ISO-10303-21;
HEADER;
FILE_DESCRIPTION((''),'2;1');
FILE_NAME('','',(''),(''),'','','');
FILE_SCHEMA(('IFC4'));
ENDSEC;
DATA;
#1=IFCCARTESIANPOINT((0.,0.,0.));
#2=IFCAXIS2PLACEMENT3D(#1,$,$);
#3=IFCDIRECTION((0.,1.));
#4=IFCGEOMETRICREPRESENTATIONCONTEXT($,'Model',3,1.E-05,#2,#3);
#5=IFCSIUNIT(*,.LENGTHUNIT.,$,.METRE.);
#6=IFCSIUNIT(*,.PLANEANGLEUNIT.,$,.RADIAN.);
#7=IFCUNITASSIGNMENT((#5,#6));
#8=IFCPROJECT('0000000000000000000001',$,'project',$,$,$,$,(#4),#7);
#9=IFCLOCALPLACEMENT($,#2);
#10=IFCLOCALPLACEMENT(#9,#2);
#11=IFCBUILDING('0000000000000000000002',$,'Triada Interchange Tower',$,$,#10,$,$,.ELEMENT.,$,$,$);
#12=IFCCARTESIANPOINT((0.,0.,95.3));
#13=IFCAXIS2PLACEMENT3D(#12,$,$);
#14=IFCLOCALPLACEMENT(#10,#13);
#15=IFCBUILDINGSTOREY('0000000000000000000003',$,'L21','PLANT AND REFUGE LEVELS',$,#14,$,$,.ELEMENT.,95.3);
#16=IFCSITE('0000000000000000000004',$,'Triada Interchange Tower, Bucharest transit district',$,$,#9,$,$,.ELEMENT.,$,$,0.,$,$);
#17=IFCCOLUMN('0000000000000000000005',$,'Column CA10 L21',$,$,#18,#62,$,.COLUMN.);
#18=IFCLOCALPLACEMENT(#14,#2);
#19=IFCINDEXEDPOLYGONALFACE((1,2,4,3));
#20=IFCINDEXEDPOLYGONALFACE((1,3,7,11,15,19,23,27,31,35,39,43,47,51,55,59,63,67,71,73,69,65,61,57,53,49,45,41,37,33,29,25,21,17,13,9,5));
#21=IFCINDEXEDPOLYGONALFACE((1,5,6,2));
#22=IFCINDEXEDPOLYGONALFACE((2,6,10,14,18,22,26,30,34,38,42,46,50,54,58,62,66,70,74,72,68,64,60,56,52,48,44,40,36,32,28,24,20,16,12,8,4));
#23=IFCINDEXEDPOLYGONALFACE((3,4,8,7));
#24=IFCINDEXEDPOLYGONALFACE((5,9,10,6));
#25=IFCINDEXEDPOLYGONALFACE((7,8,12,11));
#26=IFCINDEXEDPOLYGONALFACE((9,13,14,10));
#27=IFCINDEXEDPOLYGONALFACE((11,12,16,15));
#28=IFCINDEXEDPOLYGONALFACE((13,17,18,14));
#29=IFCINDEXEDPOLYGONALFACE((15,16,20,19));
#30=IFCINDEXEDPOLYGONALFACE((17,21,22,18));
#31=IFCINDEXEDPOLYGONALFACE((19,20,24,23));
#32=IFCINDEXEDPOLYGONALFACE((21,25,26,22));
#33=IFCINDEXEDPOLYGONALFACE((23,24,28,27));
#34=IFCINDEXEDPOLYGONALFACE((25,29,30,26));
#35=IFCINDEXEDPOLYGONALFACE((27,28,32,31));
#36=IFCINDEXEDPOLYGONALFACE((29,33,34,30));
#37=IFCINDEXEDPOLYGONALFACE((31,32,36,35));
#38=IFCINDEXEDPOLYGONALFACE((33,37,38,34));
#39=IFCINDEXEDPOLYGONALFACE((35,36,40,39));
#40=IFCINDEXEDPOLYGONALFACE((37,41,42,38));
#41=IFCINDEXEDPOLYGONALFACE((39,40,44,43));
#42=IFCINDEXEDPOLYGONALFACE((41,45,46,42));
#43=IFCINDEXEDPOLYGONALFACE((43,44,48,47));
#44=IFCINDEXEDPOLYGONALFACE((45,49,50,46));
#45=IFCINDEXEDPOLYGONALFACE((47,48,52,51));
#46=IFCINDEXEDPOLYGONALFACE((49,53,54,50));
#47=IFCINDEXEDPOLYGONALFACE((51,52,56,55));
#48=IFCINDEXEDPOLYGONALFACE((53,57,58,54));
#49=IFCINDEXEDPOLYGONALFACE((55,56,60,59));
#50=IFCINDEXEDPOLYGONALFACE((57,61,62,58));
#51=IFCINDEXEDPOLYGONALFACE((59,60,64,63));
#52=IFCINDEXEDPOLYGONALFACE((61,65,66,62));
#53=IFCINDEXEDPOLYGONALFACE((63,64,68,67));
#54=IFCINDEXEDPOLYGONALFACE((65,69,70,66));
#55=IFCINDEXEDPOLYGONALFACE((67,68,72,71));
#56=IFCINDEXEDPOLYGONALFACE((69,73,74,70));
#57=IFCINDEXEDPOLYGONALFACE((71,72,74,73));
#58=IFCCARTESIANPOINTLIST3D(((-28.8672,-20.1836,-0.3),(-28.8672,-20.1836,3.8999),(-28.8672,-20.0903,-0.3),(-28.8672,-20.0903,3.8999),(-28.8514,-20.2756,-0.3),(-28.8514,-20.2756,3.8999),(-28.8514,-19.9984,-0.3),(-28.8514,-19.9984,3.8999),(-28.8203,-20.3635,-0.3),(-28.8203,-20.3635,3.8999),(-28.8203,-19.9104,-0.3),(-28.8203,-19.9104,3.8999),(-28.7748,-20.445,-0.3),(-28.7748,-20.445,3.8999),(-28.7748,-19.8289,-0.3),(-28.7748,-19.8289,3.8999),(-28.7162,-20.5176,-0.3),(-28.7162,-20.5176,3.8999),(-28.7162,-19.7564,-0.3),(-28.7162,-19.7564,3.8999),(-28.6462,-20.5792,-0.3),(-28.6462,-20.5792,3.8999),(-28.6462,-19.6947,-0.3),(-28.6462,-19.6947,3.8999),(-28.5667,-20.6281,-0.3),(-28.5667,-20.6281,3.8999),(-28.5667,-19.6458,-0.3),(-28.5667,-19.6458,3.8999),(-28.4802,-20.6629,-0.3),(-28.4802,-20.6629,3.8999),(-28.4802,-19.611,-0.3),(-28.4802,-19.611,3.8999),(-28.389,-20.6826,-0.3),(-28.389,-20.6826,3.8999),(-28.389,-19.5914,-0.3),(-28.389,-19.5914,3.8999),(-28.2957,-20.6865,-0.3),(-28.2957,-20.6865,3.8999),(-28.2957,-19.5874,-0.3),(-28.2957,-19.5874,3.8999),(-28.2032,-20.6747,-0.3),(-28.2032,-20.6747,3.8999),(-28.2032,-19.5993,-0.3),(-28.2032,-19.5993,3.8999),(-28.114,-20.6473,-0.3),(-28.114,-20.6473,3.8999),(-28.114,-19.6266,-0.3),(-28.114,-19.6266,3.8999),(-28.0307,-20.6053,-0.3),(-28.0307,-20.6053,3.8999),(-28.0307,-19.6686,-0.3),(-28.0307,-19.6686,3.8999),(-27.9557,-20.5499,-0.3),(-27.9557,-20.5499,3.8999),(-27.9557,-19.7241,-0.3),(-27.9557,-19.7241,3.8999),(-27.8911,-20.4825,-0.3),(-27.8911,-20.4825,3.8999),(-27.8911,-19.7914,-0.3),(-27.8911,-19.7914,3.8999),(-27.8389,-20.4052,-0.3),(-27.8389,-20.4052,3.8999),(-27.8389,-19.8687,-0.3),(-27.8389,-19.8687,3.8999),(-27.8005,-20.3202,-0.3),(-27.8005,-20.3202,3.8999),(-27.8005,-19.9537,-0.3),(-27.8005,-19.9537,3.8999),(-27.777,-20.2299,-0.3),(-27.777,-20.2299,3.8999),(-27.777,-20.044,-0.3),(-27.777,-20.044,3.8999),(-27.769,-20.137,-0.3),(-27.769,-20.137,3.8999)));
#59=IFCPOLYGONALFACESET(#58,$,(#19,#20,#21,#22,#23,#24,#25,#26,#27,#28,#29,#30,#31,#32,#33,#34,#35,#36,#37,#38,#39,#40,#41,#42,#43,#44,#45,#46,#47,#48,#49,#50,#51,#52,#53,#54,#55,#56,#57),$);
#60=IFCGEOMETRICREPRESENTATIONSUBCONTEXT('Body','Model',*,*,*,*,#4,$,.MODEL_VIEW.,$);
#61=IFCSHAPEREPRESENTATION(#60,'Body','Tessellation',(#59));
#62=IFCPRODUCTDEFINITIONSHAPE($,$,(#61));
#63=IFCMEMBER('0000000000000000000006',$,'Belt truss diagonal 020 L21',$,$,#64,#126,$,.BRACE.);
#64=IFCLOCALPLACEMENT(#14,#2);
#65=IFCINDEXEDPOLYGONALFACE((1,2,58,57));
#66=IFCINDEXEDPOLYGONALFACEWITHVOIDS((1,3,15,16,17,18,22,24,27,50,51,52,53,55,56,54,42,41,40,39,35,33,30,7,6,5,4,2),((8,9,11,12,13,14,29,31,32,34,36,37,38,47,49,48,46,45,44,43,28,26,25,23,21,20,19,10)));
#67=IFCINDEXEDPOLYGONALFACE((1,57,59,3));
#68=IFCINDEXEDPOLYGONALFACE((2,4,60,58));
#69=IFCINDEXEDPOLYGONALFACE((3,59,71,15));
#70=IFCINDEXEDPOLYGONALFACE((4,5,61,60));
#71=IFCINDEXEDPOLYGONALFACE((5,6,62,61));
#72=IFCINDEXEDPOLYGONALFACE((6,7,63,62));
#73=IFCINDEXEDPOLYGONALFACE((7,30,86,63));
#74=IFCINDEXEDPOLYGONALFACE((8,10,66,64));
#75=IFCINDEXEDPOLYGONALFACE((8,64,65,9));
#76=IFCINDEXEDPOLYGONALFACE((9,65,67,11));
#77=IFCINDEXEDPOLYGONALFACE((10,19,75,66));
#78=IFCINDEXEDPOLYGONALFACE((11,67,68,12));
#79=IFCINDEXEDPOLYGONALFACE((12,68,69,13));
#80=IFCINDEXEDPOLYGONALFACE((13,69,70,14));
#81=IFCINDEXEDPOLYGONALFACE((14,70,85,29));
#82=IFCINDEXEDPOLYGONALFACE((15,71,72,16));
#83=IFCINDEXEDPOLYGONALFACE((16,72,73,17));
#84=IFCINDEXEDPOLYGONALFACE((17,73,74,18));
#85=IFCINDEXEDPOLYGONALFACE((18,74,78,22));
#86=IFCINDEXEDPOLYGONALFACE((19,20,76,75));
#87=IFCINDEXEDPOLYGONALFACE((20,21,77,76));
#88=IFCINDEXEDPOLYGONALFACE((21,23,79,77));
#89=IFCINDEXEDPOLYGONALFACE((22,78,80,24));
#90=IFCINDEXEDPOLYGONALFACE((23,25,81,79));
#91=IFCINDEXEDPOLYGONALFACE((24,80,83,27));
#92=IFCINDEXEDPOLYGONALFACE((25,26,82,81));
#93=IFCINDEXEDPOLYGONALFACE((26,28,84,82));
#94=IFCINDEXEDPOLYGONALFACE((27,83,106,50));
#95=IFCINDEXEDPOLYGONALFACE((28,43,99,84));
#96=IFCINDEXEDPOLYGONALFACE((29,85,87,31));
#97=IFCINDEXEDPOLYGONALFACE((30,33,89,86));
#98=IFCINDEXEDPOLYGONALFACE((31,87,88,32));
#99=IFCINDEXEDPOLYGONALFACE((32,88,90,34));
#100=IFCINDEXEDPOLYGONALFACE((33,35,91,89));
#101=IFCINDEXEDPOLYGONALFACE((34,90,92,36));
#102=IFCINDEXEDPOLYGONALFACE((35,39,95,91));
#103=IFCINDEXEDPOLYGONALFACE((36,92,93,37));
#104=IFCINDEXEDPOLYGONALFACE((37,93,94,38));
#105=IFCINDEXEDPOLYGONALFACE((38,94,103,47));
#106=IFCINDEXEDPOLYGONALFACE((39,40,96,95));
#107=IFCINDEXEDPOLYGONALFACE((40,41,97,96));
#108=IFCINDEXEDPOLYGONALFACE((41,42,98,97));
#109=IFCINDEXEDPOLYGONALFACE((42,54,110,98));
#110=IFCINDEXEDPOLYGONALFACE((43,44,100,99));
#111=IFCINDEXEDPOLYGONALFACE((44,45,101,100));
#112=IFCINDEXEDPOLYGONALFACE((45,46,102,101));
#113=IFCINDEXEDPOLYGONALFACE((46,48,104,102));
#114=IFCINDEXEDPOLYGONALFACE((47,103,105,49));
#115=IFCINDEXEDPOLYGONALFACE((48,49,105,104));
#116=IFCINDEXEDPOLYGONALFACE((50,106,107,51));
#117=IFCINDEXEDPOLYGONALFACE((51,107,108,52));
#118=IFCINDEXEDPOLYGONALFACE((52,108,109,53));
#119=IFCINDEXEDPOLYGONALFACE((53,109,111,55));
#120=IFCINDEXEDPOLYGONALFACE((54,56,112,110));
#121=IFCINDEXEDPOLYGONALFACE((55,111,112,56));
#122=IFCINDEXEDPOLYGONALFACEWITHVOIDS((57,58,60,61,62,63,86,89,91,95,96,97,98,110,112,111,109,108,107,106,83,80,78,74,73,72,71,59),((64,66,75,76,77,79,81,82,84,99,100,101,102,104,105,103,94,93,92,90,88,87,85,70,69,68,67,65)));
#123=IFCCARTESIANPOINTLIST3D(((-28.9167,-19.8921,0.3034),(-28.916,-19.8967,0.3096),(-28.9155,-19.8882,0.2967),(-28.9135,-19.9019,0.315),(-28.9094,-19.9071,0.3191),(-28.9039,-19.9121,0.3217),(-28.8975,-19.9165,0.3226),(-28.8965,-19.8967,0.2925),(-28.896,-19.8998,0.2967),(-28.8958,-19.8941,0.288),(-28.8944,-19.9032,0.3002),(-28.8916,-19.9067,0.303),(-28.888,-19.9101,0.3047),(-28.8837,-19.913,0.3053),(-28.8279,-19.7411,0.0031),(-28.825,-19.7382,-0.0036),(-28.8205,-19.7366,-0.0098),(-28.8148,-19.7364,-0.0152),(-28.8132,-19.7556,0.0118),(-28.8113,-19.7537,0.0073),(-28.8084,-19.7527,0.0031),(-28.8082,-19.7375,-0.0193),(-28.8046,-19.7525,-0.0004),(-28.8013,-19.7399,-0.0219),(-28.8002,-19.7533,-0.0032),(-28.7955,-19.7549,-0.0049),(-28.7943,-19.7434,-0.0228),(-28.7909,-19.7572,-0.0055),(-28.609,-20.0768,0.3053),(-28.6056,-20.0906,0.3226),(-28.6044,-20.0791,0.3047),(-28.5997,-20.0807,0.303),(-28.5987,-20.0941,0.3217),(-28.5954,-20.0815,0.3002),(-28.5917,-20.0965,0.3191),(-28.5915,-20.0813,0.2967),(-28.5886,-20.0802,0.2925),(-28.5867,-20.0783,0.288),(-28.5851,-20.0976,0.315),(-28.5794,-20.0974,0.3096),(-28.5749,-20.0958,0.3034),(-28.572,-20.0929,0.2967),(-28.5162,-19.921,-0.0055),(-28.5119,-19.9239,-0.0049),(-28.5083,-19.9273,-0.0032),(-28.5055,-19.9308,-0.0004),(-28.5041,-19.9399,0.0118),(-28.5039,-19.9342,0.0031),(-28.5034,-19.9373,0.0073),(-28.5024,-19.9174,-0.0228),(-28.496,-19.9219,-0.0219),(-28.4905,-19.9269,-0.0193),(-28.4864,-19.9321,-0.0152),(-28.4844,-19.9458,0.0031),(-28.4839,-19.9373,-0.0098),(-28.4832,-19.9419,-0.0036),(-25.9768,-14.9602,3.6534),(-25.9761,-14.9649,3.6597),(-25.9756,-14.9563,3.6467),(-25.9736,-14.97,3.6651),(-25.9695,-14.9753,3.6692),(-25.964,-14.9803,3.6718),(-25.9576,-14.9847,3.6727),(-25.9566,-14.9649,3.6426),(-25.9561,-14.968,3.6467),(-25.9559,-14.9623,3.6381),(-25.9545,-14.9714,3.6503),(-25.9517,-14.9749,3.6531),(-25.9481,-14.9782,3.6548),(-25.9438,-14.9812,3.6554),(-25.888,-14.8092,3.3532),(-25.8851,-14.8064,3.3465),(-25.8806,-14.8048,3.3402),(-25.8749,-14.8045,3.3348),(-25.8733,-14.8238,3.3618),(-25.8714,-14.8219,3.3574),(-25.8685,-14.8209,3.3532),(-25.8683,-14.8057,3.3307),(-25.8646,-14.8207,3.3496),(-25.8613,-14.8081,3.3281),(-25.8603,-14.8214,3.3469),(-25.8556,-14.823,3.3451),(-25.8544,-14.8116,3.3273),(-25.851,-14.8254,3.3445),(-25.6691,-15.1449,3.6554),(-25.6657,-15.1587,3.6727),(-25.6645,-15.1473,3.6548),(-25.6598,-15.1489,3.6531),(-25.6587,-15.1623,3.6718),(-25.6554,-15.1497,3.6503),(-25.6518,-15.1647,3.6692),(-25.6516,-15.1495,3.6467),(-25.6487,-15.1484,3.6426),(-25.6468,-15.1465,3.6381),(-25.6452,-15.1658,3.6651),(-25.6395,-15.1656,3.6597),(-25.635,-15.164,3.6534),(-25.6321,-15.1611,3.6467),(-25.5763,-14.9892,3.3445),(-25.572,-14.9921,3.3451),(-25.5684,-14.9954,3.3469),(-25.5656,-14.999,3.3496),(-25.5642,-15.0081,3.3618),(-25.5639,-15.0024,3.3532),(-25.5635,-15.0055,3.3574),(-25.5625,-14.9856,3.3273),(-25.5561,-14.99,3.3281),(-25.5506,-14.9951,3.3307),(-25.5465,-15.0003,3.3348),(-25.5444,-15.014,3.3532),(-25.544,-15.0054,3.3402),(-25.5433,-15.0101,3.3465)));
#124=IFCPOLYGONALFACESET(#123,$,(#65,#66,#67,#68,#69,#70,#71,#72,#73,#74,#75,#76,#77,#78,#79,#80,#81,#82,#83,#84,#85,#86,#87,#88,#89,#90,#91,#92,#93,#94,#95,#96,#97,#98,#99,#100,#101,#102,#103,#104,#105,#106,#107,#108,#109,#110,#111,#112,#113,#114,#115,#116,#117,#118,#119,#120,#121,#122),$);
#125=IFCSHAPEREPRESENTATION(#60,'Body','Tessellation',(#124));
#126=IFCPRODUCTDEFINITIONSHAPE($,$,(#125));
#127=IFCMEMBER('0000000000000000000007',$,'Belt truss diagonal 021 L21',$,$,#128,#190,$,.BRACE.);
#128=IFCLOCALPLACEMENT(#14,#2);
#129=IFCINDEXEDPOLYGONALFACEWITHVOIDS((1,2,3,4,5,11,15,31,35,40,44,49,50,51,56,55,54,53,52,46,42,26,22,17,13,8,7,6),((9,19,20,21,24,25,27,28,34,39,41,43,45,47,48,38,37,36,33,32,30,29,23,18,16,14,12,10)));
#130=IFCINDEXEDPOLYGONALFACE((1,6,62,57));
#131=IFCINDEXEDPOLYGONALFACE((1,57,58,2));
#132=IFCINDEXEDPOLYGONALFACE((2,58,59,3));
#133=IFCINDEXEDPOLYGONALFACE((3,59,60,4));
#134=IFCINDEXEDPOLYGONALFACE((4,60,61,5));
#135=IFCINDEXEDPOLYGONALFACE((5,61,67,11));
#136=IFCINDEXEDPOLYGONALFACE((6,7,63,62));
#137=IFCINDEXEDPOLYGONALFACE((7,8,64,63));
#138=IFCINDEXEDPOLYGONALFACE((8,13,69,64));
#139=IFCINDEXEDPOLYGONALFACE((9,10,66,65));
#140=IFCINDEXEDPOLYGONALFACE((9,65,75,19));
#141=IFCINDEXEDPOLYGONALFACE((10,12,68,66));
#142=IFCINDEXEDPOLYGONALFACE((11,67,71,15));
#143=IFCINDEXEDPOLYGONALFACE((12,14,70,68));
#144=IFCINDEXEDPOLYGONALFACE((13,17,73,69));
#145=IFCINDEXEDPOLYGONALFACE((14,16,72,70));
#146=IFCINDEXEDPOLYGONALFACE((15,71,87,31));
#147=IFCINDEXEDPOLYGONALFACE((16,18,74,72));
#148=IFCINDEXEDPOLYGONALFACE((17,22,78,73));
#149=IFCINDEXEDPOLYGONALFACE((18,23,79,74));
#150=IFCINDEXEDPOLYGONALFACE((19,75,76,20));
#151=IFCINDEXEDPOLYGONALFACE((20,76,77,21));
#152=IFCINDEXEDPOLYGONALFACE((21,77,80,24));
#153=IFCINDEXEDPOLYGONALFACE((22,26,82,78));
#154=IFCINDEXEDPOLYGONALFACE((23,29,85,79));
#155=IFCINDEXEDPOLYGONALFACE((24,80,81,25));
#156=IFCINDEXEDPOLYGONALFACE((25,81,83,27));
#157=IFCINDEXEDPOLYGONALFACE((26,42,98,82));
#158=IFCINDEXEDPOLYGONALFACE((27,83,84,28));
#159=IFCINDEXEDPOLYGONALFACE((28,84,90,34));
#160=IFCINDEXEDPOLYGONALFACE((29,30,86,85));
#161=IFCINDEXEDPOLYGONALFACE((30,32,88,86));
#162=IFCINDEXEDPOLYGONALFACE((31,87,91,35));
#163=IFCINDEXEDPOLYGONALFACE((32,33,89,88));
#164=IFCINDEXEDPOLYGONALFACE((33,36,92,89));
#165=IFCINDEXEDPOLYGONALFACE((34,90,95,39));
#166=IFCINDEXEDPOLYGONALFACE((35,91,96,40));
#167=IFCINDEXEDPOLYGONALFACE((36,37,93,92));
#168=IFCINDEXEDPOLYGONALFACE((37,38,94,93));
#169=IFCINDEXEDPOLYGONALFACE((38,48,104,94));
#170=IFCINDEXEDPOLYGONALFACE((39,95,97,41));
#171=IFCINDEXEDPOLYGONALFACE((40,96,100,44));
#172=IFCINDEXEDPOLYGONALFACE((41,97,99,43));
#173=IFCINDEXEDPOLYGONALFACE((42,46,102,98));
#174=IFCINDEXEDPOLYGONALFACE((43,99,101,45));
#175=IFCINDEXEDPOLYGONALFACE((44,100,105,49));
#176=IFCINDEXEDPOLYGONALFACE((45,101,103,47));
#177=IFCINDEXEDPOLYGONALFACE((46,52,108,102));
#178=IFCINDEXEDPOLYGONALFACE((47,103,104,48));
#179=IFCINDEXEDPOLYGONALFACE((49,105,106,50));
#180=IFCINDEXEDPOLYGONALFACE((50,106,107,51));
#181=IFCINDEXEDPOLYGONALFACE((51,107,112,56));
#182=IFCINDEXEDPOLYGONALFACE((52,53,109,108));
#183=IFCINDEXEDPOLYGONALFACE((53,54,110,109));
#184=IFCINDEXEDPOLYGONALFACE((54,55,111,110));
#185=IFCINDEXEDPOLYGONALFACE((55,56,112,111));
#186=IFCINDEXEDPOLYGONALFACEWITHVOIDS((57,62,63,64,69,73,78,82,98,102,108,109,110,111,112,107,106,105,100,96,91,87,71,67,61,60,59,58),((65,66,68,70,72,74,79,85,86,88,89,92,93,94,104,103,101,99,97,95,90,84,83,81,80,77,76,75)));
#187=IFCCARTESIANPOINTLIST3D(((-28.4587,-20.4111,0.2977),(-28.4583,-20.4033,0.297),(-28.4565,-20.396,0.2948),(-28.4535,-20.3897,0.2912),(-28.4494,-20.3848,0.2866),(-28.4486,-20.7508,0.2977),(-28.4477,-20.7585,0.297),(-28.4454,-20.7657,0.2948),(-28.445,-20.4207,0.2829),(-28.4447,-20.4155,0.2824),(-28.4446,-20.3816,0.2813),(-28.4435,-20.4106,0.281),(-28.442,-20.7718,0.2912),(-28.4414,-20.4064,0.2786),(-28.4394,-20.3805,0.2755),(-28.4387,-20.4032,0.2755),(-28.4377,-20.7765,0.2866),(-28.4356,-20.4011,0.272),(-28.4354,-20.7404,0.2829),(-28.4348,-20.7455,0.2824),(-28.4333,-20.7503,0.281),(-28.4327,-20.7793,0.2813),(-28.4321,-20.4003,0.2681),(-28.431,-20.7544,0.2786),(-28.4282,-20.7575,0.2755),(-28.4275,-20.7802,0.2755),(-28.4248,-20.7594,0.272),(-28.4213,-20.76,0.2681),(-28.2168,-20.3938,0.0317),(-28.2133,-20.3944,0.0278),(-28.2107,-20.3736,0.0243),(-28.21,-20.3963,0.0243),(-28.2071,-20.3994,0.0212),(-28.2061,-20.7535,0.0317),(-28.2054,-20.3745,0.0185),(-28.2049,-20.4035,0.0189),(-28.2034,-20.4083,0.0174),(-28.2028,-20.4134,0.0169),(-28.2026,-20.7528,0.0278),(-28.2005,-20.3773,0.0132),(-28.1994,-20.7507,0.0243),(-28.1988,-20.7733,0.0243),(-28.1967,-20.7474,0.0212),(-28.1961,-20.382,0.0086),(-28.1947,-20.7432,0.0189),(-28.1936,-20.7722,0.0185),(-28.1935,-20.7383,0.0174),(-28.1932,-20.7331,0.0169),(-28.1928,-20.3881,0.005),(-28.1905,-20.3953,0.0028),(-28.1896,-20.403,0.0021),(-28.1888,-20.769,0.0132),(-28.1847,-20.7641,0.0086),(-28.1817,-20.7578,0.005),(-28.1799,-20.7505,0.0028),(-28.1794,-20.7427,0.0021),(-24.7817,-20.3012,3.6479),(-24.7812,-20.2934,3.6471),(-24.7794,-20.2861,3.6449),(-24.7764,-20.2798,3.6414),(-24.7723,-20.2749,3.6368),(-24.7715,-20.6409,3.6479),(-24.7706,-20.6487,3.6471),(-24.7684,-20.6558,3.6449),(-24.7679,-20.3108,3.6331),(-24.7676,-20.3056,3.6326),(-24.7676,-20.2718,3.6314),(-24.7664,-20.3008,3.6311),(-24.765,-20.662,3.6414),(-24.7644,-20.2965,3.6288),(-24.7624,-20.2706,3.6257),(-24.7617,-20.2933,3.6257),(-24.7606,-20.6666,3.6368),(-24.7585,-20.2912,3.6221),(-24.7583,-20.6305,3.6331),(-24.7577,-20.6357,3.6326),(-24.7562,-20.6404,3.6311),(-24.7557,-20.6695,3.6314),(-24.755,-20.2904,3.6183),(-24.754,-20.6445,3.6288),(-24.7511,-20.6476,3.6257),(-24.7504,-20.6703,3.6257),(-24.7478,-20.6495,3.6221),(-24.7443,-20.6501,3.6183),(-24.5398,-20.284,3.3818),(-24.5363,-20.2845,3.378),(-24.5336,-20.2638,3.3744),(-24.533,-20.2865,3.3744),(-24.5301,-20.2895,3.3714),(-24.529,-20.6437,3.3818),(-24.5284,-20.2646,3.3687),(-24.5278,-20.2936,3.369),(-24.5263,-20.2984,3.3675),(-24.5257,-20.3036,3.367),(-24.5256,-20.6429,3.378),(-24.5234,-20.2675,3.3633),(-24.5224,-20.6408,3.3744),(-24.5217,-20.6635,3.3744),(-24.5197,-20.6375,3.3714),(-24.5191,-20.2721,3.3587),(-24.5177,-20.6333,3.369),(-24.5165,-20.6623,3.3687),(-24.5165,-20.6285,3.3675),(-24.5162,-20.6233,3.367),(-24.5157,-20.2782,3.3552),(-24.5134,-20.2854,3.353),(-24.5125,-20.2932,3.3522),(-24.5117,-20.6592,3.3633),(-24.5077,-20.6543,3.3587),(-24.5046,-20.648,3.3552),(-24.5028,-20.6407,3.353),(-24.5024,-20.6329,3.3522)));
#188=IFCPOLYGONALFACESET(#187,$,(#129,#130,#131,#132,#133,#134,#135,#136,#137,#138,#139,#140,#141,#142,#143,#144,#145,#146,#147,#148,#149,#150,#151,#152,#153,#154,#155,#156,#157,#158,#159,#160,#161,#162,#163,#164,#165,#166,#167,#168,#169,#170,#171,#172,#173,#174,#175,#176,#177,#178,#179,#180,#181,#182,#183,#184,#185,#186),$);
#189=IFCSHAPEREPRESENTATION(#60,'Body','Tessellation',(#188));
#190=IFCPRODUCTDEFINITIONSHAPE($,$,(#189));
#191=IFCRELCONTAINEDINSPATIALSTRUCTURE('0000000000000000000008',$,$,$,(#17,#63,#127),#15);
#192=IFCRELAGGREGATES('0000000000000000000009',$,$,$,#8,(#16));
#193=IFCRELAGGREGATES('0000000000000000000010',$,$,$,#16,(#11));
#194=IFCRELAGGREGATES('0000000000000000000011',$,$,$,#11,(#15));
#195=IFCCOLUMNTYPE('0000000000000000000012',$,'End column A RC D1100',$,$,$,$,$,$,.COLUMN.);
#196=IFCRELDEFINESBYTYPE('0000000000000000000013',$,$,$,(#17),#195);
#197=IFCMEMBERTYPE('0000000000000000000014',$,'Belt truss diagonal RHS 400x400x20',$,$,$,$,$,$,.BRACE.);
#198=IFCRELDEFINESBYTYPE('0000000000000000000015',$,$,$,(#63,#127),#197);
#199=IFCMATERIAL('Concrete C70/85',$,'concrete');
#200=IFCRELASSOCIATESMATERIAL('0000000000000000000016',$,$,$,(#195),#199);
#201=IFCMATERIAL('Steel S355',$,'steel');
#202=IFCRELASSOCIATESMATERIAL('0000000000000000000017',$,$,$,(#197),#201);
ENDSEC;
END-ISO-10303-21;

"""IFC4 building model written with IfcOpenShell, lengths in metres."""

from ifc_helpers import new_model, si_unit, direction, frame, origin, origin_2d, place, context, subcontext, project, spatial, hollow_rectangle, circle, extrude, material, material_profile, profile_set, type_object, element, save


model = new_model("IFC4")

# Units and contexts
model_context = context("Model", 3, precision=1e-05, world=origin(), true_north=direction((0.0, 1.0)))
body_context = subcontext(model_context, "Body", "Model", "MODEL_VIEW")
ifc_project = project(units=[si_unit("LENGTHUNIT", "METRE"), si_unit("PLANEANGLEUNIT", "RADIAN")], contexts=[model_context])

# Site, building, storey
site_placement = place(None, origin())
site = spatial("IfcSite", under=ifc_project, at=site_placement, Name="Triada Interchange Tower, Bucharest transit district", CompositionType="ELEMENT", RefElevation=0.0)
building_placement = place(site_placement, origin())
building = spatial("IfcBuilding", under=site, at=building_placement, Name="Triada Interchange Tower", CompositionType="ELEMENT")
storey_placement = place(building_placement, frame((0.0, 0.0, 95.3)))
storey = spatial("IfcBuildingStorey", under=building, at=storey_placement, Name="L21", Description="PLANT AND REFUGE LEVELS", CompositionType="ELEMENT", Elevation=95.3)

# Column
ifc_material_1 = material(Name="Concrete C70/85", Category="concrete")
ifc_material_profile_1 = material_profile(ifc_material_1, circle(Radius=0.55, at=origin_2d()), Name="RC D1100")
ifc_profile_set_1 = profile_set([ifc_material_profile_1], Name="Concrete C70/85")
column_type = type_object("IfcColumnType", Name="End column A RC D1100", PredefinedType="COLUMN", material=ifc_profile_set_1)
column_placement = place(storey_placement, frame((-28.3191, -20.137, -0.3), z_axis=(0.0, 0.0, 1.0), x_axis=(1.0, 0.0, 0.0)))
element("IfcColumn", 1, at=column_placement, inside=storey, type_object=column_type, Name="Column CA10 L21", PredefinedType="COLUMN", context=body_context, shape_type="SweptSolid", body=[
    extrude(circle(Radius=0.55, at=origin_2d()), origin(), (0.0, 0.0, 1.0), 4.2),
])

# Members
ifc_material_2 = material(Name="Steel S355", Category="steel")
ifc_material_profile_2 = material_profile(ifc_material_2, hollow_rectangle(XDim=0.3999, YDim=0.3999, WallThickness=0.02, InnerFilletRadius=0.02, OuterFilletRadius=0.03, at=origin_2d()), Name="RHS 400x400x20")
ifc_profile_set_2 = profile_set([ifc_material_profile_2], Name="Steel S355")
member_type = type_object("IfcMemberType", Name="Belt truss diagonal RHS 400x400x20", PredefinedType="BRACE", material=ifc_profile_set_2)
member_1_placement = place(storey_placement, frame((-28.7, -19.917, 0.1499), z_axis=(0.44226, 0.74191, 0.50396), x_axis=(-0.858964, 0.512036, 0.0)))
element("IfcMember", 2, at=member_1_placement, inside=storey, type_object=member_type, Name="Belt truss diagonal 020 L21", PredefinedType="BRACE", context=body_context, shape_type="SweptSolid", body=[
    extrude(hollow_rectangle(XDim=0.3999, YDim=0.3999, WallThickness=0.02, InnerFilletRadius=0.02, OuterFilletRadius=0.03, at=origin_2d()), origin(), (0.0, 0.0, 1.0), 6.6475),
])
member_2_placement = place(storey_placement, frame((-28.3191, -20.5769, 0.1499), z_axis=(0.739022, 0.022081, 0.673319), x_axis=(-0.029865, 0.999554, 0.0)))
element("IfcMember", 3, at=member_2_placement, inside=storey, type_object=member_type, Name="Belt truss diagonal 021 L21", PredefinedType="BRACE", context=body_context, shape_type="SweptSolid", body=[
    extrude(hollow_rectangle(XDim=0.3999, YDim=0.3999, WallThickness=0.02, InnerFilletRadius=0.02, OuterFilletRadius=0.03, at=origin_2d()), origin(), (0.0, 0.0, 1.0), 4.9756),
])

save(model, "model.ifc")
